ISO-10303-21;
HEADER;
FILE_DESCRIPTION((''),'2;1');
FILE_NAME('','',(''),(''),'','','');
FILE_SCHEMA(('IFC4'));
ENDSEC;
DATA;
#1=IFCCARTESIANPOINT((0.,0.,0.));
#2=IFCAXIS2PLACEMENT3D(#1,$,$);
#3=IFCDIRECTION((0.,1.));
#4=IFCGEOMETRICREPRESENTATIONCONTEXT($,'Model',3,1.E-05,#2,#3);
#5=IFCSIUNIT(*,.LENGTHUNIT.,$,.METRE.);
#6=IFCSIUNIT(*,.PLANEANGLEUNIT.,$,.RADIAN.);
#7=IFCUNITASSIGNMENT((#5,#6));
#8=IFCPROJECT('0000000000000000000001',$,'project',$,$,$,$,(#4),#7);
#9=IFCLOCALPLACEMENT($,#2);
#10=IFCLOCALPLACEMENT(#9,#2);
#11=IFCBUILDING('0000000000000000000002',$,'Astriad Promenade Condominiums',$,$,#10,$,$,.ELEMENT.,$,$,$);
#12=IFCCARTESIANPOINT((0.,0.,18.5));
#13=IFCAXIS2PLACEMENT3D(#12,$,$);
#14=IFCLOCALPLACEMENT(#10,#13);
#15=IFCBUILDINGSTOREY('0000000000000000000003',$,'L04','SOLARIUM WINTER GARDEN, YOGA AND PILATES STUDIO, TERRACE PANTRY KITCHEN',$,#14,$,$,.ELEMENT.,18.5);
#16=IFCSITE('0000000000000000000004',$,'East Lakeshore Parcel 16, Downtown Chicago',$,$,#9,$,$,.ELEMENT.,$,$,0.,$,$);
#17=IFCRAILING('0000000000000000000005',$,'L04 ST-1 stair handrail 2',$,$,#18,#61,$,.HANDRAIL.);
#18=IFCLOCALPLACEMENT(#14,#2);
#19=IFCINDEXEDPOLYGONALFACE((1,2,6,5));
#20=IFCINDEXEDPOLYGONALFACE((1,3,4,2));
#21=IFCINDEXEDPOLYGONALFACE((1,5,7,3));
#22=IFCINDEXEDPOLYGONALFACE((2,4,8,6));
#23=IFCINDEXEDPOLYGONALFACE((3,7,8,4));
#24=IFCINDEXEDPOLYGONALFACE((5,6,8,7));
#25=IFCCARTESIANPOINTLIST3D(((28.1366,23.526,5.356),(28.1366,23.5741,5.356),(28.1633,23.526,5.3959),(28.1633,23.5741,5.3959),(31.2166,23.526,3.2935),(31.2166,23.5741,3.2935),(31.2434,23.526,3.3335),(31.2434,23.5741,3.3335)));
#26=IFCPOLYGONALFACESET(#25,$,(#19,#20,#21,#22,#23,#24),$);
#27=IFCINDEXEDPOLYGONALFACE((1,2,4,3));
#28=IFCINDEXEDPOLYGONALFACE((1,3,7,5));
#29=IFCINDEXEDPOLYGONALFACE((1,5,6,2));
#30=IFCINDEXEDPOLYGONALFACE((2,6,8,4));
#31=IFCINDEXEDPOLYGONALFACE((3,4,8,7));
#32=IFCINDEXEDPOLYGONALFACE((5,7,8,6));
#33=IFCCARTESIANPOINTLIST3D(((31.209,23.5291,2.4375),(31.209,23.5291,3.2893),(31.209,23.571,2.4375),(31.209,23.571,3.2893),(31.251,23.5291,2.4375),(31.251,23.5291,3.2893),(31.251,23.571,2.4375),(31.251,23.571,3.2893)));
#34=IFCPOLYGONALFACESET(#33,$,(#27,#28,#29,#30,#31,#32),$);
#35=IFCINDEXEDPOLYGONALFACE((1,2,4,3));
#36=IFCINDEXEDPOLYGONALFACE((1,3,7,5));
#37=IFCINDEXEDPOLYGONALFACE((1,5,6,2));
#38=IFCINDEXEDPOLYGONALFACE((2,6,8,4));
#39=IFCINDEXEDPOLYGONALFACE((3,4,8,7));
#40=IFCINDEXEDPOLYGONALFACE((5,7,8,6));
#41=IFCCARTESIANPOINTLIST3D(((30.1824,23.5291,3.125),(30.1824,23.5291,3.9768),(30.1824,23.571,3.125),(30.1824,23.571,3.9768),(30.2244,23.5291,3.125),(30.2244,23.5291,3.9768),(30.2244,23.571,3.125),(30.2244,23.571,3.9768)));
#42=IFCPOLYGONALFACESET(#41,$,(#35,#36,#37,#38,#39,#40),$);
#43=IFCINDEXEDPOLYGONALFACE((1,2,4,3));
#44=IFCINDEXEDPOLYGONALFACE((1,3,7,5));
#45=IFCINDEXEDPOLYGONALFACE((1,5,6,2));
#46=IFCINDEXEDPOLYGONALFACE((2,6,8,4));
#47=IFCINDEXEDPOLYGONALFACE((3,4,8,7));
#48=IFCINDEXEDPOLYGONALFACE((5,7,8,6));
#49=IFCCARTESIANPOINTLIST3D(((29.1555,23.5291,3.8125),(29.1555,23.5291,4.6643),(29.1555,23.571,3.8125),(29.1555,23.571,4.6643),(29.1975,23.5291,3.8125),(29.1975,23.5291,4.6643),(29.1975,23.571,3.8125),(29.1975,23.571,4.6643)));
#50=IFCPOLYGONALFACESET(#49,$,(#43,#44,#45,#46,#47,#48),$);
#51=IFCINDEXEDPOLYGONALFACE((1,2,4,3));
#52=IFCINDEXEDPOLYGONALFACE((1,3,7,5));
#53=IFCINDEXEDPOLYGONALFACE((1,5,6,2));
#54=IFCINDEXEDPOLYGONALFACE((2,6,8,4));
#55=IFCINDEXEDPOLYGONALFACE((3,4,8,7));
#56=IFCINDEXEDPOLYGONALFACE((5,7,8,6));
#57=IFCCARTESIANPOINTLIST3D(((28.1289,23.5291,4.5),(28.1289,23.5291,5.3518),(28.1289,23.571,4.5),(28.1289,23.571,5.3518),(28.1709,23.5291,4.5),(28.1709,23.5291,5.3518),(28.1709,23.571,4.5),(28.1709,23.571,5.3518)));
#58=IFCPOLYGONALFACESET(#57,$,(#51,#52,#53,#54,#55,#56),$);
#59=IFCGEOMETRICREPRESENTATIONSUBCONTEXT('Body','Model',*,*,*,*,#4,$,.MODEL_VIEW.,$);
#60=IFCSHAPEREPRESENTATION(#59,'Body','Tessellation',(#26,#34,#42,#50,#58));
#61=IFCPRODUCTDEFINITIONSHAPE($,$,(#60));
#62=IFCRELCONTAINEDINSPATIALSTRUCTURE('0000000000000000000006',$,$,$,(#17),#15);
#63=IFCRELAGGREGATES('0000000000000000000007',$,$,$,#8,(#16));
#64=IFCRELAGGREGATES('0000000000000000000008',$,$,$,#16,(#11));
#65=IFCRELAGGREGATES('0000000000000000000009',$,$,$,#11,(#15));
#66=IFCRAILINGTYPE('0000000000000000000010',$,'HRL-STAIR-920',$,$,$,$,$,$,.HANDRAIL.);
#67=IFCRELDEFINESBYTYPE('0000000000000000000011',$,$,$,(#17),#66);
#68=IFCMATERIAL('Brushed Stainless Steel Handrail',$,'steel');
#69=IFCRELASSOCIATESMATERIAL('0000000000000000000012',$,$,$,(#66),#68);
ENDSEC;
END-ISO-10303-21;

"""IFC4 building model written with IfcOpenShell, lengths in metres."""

from ifc_helpers import new_model, si_unit, direction, frame, origin, origin_2d, place, context, subcontext, project, spatial, rectangle, extrude, source, transform, mapped, material, type_object, element, save


model = new_model("IFC4")

# Units and contexts
model_context = context("Model", 3, precision=1e-05, world=origin(), true_north=direction((0.0, 1.0)))
body_context = subcontext(model_context, "Body", "Model", "MODEL_VIEW")
ifc_project = project(units=[si_unit("LENGTHUNIT", "METRE"), si_unit("PLANEANGLEUNIT", "RADIAN")], contexts=[model_context])

# Site, building, storey
site_placement = place(None, origin())
site = spatial("IfcSite", under=ifc_project, at=site_placement, Name="East Lakeshore Parcel 16, Downtown Chicago", CompositionType="ELEMENT", RefElevation=0.0)
building_placement = place(site_placement, origin())
building = spatial("IfcBuilding", under=site, at=building_placement, Name="Astriad Promenade Condominiums", CompositionType="ELEMENT")
storey_placement = place(building_placement, frame((0.0, 0.0, 18.5)))
storey = spatial("IfcBuildingStorey", under=building, at=storey_placement, Name="L04", Description="SOLARIUM WINTER GARDEN, YOGA AND PILATES STUDIO, TERRACE PANTRY KITCHEN", CompositionType="ELEMENT", Elevation=18.5)

# Railing
ifc_material_1 = material(Name="Brushed Stainless Steel Handrail", Category="steel")
railing_type_1 = type_object("IfcRailingType", Name="HRL-STAIR-920", PredefinedType="HANDRAIL", material=ifc_material_1)
shared_shape_1 = source(origin(), body_context, "Body", "SweptSolid", [
    extrude(rectangle(XDim=0.0481, YDim=0.0481, at=origin_2d()), frame((0.0, 0.0, 0.876), z_axis=(-0.830914, 0.0, 0.556401), x_axis=(0.0, -1.0, 0.0)), (0.0, 0.0, 1.0), 3.7068),
    extrude(rectangle(XDim=0.042, YDim=0.042, at=origin_2d()), origin(), (0.0, 0.0, 1.0), 0.8518),
    extrude(rectangle(XDim=0.042, YDim=0.042, at=origin_2d()), frame((-1.0266, 0.0, 0.6875)), (0.0, 0.0, 1.0), 0.8518),
    extrude(rectangle(XDim=0.042, YDim=0.042, at=origin_2d()), frame((-2.0535, 0.0, 1.375)), (0.0, 0.0, 1.0), 0.8518),
    extrude(rectangle(XDim=0.042, YDim=0.042, at=origin_2d()), frame((-3.0801, 0.0, 2.0625)), (0.0, 0.0, 1.0), 0.8518),
])
railing_1_placement = place(storey_placement, frame((31.23, 23.55, 2.4375)))
element("IfcRailing", 1, at=railing_1_placement, inside=storey, type_object=railing_type_1, Name="L04 ST-1 stair handrail 2", PredefinedType="HANDRAIL", context=body_context, shape_type="MappedRepresentation", body=[
    mapped(shared_shape_1, transform((0.0, 0.0, 0.0), scale=1.0)),
])

save(model, "model.ifc")
